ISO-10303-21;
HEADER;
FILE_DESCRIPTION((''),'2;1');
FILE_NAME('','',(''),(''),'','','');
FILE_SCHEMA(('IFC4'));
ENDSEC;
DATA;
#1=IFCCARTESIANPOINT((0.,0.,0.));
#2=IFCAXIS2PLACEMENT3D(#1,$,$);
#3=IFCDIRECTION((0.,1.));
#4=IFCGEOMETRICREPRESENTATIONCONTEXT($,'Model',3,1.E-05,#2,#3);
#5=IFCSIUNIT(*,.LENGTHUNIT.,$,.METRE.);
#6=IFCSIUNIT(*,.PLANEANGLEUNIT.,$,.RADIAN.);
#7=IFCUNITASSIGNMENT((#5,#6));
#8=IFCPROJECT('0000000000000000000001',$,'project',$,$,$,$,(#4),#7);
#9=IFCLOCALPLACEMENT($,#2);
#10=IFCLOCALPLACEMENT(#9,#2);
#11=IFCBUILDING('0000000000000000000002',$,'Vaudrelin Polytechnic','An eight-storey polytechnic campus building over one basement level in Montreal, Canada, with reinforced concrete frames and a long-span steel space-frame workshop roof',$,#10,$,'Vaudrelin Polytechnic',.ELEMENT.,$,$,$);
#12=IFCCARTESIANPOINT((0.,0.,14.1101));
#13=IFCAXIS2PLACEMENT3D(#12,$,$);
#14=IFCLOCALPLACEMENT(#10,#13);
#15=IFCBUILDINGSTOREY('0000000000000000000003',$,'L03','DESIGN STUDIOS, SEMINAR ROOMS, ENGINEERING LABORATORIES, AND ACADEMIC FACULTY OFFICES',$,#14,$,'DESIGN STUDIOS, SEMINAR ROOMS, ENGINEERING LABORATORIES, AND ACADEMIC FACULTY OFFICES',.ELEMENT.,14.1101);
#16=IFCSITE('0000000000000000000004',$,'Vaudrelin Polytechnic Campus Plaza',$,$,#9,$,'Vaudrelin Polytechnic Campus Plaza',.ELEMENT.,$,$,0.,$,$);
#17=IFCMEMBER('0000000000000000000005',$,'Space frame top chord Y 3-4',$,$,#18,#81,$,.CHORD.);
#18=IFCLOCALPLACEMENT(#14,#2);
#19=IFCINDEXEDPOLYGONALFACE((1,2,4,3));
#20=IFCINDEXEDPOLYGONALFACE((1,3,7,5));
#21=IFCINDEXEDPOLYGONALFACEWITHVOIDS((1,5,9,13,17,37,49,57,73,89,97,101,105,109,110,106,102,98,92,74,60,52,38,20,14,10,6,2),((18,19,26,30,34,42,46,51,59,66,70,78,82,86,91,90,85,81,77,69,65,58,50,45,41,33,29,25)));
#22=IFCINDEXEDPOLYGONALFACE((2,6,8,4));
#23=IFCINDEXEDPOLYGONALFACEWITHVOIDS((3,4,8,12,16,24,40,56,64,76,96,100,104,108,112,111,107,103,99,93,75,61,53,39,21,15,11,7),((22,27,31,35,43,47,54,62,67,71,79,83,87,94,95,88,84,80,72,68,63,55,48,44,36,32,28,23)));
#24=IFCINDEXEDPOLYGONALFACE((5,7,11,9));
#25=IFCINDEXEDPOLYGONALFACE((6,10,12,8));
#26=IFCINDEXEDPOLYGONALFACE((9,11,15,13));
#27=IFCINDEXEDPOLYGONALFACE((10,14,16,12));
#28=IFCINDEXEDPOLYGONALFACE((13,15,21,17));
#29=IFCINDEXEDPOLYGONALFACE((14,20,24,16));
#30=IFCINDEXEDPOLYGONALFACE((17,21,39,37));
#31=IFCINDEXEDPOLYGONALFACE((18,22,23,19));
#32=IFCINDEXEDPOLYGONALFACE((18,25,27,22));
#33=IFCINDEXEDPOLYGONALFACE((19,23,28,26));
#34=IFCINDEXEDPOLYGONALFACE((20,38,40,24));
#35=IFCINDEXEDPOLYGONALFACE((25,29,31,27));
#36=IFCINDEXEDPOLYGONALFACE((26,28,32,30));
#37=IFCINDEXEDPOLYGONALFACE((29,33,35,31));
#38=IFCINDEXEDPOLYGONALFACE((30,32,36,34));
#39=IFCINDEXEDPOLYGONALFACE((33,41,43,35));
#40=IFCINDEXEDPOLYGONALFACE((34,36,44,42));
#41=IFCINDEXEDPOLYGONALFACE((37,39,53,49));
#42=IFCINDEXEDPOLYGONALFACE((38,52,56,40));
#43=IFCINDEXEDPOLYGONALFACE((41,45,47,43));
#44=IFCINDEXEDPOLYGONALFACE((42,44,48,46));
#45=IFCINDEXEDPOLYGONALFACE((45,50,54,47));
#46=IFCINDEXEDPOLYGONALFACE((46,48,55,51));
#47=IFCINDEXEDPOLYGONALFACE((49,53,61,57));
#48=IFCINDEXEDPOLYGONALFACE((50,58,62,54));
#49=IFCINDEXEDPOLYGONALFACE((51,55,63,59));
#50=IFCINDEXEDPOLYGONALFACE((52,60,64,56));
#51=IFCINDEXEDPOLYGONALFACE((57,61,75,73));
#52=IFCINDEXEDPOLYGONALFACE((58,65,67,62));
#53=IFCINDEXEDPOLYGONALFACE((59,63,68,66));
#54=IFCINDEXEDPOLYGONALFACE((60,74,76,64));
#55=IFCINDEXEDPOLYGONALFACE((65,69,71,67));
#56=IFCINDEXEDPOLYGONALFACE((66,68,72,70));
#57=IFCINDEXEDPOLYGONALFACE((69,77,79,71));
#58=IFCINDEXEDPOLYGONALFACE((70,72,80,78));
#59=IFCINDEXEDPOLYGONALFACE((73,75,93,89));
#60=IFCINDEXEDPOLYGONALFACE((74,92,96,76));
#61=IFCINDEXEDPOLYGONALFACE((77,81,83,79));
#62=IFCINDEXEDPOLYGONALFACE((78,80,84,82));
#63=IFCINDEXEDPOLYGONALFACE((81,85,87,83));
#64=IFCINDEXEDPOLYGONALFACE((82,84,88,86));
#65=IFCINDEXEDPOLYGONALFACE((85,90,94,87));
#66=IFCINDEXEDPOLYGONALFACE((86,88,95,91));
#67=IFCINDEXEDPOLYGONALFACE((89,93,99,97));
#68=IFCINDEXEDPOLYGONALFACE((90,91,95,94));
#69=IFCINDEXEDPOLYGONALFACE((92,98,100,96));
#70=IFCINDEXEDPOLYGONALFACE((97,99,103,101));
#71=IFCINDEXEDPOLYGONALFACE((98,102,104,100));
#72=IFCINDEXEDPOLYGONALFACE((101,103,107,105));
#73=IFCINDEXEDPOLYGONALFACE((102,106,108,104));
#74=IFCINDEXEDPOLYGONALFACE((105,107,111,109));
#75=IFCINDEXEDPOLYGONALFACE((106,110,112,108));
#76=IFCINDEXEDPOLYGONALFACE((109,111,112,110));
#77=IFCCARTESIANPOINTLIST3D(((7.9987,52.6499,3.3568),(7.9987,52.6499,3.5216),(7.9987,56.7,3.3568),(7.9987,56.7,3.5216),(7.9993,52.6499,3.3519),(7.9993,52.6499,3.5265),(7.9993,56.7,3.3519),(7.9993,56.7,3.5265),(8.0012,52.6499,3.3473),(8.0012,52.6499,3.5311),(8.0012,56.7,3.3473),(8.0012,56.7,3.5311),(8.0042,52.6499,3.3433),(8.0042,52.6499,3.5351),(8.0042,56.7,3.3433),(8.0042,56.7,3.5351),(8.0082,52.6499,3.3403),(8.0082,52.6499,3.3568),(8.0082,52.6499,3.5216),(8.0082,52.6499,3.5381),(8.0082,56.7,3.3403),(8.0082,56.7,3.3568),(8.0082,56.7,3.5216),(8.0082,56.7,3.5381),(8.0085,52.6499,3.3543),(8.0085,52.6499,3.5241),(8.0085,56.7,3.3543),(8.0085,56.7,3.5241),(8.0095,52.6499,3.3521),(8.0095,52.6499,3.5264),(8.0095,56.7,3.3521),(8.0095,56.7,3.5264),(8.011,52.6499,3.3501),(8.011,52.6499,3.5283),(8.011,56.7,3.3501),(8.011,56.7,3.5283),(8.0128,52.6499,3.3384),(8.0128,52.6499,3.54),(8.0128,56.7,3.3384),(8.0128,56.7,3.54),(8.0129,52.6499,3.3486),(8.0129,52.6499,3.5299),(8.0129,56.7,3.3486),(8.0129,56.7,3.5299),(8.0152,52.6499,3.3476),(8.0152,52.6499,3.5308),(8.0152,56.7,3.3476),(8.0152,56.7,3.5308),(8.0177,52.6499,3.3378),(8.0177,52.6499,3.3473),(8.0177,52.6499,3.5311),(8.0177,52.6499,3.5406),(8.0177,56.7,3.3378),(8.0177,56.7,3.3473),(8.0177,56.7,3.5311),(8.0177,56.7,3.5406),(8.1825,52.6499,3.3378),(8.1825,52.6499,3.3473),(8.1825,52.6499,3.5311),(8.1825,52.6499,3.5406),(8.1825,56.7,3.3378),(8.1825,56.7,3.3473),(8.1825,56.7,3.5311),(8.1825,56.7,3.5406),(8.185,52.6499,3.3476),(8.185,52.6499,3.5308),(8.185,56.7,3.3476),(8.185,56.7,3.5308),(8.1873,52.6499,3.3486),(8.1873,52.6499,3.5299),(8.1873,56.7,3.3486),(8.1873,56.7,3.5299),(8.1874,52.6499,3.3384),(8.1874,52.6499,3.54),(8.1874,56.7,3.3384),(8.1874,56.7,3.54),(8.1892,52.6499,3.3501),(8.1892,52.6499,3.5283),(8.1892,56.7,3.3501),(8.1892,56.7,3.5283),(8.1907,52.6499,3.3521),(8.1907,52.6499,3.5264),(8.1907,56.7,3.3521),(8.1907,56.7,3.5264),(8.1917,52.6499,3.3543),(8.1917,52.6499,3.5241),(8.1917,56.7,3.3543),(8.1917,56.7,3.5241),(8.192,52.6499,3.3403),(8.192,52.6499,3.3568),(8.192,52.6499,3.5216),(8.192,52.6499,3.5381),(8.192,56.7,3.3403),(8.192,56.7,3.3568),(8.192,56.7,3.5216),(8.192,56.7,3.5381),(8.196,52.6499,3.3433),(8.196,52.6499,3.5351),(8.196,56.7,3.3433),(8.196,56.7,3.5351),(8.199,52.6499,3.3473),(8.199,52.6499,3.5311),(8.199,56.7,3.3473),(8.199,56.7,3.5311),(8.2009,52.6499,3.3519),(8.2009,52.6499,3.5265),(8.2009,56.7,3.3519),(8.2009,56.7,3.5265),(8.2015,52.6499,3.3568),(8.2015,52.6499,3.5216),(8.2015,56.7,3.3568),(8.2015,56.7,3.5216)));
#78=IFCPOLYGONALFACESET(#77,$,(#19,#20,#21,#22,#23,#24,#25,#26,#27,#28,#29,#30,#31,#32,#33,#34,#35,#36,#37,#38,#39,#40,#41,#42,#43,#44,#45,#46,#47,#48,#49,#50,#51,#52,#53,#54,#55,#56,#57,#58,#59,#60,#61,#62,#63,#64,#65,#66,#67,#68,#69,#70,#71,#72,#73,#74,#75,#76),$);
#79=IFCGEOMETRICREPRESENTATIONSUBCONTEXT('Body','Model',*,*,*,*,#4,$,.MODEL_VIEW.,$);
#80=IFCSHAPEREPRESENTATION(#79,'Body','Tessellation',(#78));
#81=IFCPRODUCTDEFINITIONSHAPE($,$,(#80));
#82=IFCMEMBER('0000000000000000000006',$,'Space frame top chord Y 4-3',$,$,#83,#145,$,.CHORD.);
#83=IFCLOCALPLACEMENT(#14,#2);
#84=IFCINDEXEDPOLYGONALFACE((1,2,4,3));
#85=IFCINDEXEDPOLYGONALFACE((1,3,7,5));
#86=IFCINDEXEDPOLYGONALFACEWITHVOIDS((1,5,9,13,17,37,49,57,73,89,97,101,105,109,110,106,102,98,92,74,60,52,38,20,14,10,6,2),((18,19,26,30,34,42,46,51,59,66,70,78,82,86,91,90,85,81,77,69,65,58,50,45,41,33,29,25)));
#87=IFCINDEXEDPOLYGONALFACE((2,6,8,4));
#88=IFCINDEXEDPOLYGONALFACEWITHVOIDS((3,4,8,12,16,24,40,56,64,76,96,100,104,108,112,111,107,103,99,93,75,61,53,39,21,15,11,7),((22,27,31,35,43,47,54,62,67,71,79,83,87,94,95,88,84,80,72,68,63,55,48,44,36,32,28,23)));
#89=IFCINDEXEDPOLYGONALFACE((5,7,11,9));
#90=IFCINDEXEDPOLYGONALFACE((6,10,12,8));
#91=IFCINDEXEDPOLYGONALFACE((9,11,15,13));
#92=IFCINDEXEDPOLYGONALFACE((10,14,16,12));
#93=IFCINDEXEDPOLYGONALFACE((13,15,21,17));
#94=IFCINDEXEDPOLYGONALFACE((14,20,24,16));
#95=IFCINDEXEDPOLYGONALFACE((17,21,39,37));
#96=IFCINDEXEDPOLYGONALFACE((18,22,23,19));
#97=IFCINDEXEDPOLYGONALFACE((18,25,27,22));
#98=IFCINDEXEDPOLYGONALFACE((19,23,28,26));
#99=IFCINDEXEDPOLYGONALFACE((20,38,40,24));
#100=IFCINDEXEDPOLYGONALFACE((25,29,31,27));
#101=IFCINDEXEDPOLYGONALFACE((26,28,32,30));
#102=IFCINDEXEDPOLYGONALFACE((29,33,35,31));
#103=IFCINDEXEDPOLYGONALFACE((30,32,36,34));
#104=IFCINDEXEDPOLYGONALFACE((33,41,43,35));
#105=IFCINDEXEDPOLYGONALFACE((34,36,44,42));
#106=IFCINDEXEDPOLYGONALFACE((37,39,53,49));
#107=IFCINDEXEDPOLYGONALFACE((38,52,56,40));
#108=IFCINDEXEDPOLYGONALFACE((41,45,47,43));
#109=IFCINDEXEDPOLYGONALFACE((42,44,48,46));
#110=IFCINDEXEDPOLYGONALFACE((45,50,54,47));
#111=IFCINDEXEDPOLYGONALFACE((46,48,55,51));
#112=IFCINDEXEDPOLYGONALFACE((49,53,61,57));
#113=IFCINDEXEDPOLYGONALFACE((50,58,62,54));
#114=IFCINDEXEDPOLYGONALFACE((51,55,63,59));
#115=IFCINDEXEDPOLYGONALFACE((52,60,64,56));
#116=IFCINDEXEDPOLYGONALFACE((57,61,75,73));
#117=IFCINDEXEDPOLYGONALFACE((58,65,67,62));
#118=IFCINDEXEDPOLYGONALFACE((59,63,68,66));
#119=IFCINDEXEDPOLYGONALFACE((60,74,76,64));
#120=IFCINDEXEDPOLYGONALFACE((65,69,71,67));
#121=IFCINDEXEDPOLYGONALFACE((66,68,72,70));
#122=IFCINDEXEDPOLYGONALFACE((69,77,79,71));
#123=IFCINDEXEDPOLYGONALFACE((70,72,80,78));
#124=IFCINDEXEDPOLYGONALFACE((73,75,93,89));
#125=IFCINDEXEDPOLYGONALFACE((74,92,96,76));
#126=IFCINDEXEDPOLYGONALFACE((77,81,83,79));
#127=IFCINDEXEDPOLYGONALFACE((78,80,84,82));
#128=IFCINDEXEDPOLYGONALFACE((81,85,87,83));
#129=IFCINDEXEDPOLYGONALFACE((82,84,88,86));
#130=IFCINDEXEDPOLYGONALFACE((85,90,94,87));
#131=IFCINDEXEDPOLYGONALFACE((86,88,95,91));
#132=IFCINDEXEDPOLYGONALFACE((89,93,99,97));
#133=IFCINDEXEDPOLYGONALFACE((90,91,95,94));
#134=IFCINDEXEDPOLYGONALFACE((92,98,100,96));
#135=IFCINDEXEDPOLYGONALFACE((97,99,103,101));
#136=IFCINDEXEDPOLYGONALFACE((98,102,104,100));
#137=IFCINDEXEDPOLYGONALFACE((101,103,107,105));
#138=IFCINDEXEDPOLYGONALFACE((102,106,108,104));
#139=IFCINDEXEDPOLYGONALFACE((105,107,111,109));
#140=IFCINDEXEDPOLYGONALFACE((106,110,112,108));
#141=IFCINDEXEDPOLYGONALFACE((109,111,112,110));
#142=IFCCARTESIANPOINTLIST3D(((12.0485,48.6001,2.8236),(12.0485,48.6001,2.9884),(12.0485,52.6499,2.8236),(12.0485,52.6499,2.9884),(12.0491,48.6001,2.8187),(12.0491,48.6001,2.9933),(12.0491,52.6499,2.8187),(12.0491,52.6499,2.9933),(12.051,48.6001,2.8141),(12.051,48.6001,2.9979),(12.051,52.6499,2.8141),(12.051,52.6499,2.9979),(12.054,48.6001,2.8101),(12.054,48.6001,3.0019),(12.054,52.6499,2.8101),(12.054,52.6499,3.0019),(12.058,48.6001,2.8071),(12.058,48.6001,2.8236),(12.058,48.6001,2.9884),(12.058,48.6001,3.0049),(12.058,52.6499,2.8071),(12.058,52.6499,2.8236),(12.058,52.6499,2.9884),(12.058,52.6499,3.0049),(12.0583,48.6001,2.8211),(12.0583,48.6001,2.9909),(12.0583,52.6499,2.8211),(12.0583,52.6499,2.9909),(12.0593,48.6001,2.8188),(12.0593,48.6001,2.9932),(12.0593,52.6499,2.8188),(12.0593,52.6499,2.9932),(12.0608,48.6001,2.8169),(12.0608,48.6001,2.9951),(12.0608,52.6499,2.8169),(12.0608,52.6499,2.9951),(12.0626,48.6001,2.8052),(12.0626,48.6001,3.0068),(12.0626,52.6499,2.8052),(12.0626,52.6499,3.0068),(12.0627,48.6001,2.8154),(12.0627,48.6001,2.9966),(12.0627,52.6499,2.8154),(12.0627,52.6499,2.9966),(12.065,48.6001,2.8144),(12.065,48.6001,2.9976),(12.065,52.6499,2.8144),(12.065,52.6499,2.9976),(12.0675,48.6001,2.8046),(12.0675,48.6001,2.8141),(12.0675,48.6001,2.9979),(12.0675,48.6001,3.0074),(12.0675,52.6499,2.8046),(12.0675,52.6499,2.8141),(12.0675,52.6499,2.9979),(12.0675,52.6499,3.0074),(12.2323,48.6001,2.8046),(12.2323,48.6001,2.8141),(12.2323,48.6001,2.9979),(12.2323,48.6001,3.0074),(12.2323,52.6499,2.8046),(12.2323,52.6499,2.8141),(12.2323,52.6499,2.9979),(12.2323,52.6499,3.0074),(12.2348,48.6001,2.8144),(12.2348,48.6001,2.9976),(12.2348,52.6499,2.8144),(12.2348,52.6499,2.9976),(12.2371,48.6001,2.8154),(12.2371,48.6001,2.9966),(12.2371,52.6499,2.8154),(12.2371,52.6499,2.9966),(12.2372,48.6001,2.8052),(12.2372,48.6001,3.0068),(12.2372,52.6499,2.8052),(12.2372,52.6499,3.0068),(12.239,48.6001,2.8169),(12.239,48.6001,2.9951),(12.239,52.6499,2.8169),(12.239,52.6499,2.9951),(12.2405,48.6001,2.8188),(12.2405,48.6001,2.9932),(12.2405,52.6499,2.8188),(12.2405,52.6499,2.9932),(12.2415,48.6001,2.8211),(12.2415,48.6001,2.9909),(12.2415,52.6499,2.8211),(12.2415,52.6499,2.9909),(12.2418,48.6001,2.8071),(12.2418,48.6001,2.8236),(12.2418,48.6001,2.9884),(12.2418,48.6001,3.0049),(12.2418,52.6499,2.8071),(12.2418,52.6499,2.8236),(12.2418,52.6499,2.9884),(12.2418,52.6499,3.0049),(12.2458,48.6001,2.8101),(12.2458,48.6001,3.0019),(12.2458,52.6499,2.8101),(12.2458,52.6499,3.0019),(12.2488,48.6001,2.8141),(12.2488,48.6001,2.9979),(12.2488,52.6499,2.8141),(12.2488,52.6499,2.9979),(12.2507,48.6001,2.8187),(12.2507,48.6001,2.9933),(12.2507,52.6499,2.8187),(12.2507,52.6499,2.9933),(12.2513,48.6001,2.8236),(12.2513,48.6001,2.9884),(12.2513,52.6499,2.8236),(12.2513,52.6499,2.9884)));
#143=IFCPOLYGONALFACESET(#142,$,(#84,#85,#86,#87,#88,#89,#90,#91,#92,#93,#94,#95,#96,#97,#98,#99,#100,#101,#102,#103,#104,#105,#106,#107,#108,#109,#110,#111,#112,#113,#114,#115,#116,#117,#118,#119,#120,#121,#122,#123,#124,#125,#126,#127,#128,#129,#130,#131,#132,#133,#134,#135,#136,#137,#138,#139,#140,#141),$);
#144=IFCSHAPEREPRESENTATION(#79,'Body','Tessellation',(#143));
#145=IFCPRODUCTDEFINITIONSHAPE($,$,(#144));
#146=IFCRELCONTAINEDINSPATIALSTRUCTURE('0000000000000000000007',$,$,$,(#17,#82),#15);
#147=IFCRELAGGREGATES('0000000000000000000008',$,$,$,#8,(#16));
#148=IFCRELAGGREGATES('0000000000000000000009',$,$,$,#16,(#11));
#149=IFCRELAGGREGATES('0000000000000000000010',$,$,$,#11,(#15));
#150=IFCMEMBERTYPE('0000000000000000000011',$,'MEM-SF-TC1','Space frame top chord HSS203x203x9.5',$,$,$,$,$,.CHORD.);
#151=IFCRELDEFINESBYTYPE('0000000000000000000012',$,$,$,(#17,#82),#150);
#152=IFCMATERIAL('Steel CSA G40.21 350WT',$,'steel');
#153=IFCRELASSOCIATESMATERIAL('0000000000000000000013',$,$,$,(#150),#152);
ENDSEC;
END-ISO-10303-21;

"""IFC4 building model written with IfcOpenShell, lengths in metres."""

from ifc_helpers import new_model, si_unit, direction, frame, origin, origin_2d, place, context, subcontext, project, spatial, hollow_rectangle, extrude, material, material_profile, profile_set, type_object, element, save


model = new_model("IFC4")

# Units and contexts
model_context = context("Model", 3, precision=1e-05, world=origin(), true_north=direction((0.0, 1.0)))
body_context = subcontext(model_context, "Body", "Model", "MODEL_VIEW")
ifc_project = project(units=[si_unit("LENGTHUNIT", "METRE"), si_unit("PLANEANGLEUNIT", "RADIAN")], contexts=[model_context])

# Site, building, storey
site_placement = place(None, origin())
site = spatial("IfcSite", under=ifc_project, at=site_placement, Name="Vaudrelin Polytechnic Campus Plaza", LongName="Vaudrelin Polytechnic Campus Plaza", CompositionType="ELEMENT", RefElevation=0.0)
building_placement = place(site_placement, origin())
building = spatial("IfcBuilding", under=site, at=building_placement, Name="Vaudrelin Polytechnic", Description="An eight-storey polytechnic campus building over one basement level in Montreal, Canada, with reinforced concrete frames and a long-span steel space-frame workshop roof", LongName="Vaudrelin Polytechnic", CompositionType="ELEMENT")
storey_placement = place(building_placement, frame((0.0, 0.0, 14.1101)))
storey = spatial("IfcBuildingStorey", under=building, at=storey_placement, Name="L03", Description="DESIGN STUDIOS, SEMINAR ROOMS, ENGINEERING LABORATORIES, AND ACADEMIC FACULTY OFFICES", LongName="DESIGN STUDIOS, SEMINAR ROOMS, ENGINEERING LABORATORIES, AND ACADEMIC FACULTY OFFICES", CompositionType="ELEMENT", Elevation=14.1101)

# Members
ifc_material = material(Name="Steel CSA G40.21 350WT", Category="steel")
ifc_material_profile_1 = material_profile(ifc_material, hollow_rectangle(XDim=0.2029, YDim=0.2029, WallThickness=0.0095, InnerFilletRadius=0.0095, OuterFilletRadius=0.019, at=origin_2d()), Name="HSS203x203x9.5")
ifc_profile_set_1 = profile_set([ifc_material_profile_1], Name="Steel CSA G40.21 350WT")
member_type_1 = type_object("IfcMemberType", Name="MEM-SF-TC1", Description="Space frame top chord HSS203x203x9.5", PredefinedType="CHORD", material=ifc_profile_set_1)
member_1_placement = place(storey_placement, frame((8.1001, 52.6499, 3.4392), z_axis=(0.0, 1.0, 0.0), x_axis=(-1.0, 0.0, 0.0)))
element("IfcMember", 1, at=member_1_placement, inside=storey, type_object=member_type_1, Name="Space frame top chord Y 3-4", PredefinedType="CHORD", context=body_context, shape_type="SweptSolid", body=[
    extrude(hollow_rectangle(XDim=0.2029, YDim=0.2029, WallThickness=0.0095, InnerFilletRadius=0.0095, OuterFilletRadius=0.019, at=origin_2d()), origin(), (0.0, 0.0, 1.0), 4.05),
])
member_2_placement = place(storey_placement, frame((12.1499, 48.6001, 2.906), z_axis=(0.0, 1.0, 0.0), x_axis=(-1.0, 0.0, 0.0)))
element("IfcMember", 2, at=member_2_placement, inside=storey, type_object=member_type_1, Name="Space frame top chord Y 4-3", PredefinedType="CHORD", context=body_context, shape_type="SweptSolid", body=[
    extrude(hollow_rectangle(XDim=0.2029, YDim=0.2029, WallThickness=0.0095, InnerFilletRadius=0.0095, OuterFilletRadius=0.019, at=origin_2d()), origin(), (0.0, 0.0, 1.0), 4.0498),
])

save(model, "model.ifc")
